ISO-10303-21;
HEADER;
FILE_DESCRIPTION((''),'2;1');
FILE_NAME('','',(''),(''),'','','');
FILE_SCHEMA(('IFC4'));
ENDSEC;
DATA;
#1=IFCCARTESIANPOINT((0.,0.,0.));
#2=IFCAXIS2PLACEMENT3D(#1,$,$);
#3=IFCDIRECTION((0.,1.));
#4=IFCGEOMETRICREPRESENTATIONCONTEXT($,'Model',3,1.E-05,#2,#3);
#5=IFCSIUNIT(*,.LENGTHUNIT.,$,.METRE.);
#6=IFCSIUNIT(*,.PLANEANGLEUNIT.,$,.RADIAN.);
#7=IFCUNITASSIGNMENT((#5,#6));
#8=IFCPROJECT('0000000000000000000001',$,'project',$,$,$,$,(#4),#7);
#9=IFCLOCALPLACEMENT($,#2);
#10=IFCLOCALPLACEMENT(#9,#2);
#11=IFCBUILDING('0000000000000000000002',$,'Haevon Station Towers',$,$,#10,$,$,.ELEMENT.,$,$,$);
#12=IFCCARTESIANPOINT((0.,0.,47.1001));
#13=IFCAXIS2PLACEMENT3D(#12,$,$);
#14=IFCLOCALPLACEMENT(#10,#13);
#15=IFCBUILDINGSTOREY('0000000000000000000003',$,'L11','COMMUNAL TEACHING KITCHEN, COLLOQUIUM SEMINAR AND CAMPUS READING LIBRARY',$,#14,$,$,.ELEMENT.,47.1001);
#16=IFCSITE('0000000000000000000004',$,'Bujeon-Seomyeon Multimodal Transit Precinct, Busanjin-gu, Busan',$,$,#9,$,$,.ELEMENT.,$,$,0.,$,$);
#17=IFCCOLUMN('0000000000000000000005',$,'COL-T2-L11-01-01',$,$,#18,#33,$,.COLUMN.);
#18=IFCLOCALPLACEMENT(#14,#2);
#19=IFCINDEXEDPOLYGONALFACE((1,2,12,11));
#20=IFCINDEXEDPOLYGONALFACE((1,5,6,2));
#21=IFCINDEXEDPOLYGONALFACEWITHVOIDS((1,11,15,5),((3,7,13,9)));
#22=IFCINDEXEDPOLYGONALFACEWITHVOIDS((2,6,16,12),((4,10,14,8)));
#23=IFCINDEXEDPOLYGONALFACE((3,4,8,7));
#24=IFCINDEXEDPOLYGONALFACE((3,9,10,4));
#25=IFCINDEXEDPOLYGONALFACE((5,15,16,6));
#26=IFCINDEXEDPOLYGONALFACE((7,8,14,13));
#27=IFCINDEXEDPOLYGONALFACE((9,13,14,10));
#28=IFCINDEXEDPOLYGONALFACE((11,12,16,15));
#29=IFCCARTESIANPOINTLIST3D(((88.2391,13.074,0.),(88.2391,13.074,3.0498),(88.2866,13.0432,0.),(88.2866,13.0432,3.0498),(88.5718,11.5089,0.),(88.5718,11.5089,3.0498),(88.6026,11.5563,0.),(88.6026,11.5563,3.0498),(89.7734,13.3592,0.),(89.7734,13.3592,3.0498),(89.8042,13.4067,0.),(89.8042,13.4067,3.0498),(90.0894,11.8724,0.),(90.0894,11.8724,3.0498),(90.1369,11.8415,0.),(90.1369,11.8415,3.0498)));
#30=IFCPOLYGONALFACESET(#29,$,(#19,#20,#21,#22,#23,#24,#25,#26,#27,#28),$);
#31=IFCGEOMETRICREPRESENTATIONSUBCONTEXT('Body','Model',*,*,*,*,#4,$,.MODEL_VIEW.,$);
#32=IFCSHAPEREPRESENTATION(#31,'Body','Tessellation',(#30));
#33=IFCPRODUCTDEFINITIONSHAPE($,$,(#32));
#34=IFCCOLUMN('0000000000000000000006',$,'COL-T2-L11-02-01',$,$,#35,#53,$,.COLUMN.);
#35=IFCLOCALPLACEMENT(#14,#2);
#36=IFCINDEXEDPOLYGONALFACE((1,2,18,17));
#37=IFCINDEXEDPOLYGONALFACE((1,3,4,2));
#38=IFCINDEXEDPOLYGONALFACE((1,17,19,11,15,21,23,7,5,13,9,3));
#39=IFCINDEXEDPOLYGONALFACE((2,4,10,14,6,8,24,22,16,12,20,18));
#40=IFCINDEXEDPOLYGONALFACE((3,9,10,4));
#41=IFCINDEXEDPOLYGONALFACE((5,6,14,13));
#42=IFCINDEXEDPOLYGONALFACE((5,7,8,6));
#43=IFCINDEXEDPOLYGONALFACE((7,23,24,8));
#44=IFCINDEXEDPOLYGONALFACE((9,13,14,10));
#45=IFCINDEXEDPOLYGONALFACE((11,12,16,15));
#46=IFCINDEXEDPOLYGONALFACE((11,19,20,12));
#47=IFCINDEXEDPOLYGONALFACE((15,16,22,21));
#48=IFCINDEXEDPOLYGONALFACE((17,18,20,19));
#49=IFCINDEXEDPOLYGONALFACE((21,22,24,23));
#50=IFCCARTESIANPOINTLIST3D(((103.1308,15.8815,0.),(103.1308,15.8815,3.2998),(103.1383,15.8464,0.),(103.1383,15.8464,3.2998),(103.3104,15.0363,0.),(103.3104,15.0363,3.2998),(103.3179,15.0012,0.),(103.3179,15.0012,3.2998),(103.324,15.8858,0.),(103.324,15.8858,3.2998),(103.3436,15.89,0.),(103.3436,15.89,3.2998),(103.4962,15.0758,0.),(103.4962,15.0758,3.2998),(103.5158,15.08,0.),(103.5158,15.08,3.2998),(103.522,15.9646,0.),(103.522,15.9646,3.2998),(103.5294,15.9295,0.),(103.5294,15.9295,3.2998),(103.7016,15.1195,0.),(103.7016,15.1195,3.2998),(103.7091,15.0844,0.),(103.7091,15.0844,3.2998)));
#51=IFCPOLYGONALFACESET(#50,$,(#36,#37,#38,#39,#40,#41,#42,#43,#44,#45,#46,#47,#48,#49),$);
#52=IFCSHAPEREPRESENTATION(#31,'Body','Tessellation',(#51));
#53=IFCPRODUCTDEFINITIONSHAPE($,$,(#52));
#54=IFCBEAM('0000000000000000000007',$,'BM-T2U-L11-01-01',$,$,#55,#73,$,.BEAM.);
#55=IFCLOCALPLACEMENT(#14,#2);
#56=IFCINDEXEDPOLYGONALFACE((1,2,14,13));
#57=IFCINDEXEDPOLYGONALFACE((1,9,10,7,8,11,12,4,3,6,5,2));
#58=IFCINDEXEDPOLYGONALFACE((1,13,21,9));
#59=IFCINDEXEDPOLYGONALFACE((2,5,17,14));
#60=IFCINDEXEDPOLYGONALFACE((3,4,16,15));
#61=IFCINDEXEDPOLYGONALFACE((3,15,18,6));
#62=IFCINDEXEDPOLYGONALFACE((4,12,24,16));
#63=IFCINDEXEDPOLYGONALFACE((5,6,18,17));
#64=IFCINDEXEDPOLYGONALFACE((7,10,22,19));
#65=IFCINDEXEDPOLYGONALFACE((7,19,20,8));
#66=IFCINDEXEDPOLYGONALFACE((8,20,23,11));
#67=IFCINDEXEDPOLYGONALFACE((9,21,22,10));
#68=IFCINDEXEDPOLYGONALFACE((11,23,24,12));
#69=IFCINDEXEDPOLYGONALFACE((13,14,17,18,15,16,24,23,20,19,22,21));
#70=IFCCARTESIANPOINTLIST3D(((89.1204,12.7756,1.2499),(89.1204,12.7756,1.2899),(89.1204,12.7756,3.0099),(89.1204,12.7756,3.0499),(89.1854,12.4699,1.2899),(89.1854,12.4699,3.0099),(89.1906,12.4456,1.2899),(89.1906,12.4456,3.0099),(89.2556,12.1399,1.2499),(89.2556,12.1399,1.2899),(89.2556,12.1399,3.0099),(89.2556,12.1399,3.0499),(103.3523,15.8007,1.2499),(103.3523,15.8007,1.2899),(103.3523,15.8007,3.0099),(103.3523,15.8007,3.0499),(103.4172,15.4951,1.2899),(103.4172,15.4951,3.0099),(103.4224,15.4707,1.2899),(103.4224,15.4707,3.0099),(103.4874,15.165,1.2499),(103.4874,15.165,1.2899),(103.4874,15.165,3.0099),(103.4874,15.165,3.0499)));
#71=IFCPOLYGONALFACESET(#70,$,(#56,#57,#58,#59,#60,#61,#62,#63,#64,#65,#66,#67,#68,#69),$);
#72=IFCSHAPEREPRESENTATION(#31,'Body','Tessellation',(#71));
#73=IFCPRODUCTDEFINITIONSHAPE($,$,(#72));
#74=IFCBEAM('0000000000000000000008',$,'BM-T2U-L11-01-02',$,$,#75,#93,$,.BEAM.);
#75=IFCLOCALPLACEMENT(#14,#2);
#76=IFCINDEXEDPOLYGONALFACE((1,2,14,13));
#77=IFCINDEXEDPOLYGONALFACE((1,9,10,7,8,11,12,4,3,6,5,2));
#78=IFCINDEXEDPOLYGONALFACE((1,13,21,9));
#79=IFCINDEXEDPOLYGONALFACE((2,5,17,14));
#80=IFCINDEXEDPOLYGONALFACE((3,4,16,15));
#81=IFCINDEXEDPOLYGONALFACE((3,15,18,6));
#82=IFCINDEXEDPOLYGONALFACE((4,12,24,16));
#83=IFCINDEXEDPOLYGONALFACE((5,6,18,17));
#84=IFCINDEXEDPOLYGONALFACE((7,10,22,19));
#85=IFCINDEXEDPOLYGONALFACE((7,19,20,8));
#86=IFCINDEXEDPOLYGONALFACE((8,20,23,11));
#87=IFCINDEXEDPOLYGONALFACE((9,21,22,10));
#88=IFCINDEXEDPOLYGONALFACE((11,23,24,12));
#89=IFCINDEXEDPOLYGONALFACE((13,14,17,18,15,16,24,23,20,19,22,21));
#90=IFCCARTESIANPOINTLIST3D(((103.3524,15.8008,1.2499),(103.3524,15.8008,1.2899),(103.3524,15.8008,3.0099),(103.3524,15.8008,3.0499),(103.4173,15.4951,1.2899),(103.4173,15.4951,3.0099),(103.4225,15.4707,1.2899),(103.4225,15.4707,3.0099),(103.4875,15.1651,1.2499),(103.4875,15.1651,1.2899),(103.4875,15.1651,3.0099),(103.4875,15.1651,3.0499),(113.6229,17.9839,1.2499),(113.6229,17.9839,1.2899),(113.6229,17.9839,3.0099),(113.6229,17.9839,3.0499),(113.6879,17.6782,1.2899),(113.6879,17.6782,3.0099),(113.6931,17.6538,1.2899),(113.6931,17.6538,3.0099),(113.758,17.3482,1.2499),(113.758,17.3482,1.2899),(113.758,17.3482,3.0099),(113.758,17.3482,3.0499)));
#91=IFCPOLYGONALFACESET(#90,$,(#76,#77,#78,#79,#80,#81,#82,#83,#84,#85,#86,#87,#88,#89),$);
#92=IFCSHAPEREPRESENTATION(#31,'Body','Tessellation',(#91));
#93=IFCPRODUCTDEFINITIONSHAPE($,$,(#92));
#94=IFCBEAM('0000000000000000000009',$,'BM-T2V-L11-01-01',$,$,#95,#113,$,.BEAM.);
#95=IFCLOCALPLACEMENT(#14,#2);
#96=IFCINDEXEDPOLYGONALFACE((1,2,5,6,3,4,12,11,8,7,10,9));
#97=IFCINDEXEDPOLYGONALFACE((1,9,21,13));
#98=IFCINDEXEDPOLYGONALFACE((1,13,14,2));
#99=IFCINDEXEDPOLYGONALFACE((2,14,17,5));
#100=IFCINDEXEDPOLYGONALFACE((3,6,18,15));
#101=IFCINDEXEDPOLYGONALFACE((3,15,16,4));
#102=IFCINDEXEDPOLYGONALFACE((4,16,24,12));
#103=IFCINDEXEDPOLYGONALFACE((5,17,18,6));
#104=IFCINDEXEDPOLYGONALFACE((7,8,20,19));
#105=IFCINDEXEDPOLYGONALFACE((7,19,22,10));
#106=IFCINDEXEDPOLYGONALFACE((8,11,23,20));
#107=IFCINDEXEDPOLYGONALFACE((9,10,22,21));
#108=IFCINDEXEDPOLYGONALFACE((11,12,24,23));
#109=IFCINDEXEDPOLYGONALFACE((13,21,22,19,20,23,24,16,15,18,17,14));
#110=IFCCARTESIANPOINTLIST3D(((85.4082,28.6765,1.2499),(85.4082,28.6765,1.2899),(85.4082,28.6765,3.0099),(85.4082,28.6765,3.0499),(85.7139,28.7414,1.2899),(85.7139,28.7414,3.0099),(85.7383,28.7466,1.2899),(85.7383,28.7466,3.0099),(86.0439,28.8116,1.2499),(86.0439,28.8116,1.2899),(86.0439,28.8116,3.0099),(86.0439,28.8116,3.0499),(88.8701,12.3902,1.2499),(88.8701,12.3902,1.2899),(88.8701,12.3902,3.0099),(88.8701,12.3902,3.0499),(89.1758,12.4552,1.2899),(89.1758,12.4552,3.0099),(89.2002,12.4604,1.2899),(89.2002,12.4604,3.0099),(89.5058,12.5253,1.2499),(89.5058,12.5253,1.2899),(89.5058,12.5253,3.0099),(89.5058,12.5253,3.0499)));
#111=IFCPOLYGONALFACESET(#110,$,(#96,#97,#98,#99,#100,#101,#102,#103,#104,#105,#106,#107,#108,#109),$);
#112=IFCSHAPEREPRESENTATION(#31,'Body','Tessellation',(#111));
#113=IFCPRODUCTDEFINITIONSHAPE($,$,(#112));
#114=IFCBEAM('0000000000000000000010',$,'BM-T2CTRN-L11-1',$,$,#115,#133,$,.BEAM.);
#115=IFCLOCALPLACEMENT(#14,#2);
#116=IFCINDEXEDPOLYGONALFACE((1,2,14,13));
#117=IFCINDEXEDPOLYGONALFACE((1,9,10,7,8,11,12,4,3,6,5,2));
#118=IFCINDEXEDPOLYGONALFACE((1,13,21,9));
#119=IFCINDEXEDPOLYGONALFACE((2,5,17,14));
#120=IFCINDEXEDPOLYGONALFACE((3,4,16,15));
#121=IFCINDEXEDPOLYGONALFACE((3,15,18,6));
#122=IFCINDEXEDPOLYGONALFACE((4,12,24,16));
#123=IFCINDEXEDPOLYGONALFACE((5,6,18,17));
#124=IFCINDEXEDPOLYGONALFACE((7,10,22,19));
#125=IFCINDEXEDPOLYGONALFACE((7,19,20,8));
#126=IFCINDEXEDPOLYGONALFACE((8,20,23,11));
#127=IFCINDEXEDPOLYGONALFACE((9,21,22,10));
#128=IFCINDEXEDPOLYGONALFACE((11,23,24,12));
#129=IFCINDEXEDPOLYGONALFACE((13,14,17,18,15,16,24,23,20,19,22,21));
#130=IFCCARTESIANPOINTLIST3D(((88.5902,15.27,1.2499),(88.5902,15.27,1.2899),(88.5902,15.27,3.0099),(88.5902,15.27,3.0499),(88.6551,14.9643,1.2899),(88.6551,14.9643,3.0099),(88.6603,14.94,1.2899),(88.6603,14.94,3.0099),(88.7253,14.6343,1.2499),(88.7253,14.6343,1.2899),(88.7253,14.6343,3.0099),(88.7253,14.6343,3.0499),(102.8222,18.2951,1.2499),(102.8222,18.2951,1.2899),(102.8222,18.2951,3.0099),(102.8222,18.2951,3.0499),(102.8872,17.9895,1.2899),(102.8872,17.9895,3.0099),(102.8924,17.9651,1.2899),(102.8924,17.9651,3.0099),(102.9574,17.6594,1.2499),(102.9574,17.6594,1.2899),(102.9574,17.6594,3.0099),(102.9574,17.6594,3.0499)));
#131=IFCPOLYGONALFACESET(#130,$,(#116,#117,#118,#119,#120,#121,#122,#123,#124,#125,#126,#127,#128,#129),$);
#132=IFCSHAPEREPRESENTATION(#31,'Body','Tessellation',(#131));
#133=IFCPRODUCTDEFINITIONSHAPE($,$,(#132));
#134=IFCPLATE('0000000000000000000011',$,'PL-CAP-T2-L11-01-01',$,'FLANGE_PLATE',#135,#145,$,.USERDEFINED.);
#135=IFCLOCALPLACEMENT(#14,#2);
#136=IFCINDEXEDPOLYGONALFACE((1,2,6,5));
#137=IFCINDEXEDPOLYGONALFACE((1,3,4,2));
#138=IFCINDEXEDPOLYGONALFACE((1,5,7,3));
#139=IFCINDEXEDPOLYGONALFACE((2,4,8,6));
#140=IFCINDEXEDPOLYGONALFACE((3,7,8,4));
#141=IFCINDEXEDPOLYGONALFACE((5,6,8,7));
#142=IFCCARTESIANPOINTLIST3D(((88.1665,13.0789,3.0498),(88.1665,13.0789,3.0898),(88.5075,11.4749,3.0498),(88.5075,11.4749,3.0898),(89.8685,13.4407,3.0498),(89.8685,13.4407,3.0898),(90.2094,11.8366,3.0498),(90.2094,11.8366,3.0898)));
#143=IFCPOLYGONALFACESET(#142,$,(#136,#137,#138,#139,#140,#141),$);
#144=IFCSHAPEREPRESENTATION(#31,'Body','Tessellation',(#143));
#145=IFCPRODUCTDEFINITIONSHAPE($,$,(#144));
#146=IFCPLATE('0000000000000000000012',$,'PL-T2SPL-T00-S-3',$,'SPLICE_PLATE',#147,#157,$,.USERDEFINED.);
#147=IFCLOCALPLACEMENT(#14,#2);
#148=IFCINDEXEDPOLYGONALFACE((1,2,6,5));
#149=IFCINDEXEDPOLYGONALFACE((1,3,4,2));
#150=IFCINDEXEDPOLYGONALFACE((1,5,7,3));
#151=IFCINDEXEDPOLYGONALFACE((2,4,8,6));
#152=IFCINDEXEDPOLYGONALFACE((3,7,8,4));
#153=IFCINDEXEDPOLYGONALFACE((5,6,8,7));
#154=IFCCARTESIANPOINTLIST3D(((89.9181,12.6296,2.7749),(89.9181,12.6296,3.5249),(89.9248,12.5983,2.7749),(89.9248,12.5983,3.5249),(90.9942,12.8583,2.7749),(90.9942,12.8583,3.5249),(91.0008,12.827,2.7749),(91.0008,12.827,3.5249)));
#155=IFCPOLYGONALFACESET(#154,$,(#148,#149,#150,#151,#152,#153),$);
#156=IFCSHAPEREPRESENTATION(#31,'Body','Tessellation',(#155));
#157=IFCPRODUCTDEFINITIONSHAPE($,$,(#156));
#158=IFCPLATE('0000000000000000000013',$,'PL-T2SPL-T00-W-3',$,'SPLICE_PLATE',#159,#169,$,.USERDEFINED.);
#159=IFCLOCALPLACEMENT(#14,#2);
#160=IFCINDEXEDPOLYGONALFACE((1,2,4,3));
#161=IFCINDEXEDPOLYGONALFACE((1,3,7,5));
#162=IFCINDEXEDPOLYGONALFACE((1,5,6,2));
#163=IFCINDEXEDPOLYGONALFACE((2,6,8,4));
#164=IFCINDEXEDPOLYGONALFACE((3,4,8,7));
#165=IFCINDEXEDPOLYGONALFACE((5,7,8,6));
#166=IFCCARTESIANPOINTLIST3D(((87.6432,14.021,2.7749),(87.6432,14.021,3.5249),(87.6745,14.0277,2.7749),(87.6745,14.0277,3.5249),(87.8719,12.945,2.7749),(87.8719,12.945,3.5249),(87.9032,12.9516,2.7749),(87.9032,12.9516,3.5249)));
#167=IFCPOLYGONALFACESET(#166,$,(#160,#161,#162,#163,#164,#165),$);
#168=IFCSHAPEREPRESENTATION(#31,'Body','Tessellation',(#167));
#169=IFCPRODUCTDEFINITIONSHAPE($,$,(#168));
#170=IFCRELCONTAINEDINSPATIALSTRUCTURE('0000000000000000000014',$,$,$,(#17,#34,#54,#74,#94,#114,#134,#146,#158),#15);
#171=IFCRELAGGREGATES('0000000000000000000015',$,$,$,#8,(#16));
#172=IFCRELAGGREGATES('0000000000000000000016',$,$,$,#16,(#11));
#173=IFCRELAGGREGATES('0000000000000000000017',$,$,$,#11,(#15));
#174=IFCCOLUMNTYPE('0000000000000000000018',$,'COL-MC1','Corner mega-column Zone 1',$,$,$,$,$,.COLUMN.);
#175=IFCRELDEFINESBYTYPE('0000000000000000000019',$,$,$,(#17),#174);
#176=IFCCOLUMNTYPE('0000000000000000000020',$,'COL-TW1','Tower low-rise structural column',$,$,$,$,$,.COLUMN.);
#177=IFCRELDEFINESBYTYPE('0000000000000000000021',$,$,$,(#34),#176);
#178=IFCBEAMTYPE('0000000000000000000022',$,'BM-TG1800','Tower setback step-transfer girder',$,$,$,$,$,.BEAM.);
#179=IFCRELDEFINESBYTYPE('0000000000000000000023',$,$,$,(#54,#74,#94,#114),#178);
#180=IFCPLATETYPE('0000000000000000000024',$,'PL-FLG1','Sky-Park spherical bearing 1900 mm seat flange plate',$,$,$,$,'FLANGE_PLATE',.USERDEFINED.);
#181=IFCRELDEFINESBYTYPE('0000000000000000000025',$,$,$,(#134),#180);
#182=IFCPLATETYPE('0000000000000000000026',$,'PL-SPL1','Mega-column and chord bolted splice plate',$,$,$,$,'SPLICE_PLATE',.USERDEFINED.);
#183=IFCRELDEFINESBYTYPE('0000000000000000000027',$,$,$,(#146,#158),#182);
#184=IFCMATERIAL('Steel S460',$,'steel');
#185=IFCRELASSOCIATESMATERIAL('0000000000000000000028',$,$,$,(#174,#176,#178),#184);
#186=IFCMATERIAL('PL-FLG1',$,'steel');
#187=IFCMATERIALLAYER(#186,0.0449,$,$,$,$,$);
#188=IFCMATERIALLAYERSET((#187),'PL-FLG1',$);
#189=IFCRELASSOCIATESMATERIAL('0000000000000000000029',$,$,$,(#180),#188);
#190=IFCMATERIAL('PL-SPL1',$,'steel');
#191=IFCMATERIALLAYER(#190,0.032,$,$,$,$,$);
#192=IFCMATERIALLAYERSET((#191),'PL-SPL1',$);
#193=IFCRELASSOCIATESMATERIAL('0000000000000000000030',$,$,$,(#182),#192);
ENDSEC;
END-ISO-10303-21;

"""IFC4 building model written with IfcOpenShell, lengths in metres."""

from ifc_helpers import new_model, si_unit, direction, frame, origin, origin_2d, place, context, subcontext, project, spatial, rectangle, hollow_rectangle, i_section, extrude, material, layer, layer_set, material_profile, profile_set, type_object, element, save


model = new_model("IFC4")

# Units and contexts
model_context = context("Model", 3, precision=1e-05, world=origin(), true_north=direction((0.0, 1.0)))
body_context = subcontext(model_context, "Body", "Model", "MODEL_VIEW")
ifc_project = project(units=[si_unit("LENGTHUNIT", "METRE"), si_unit("PLANEANGLEUNIT", "RADIAN")], contexts=[model_context])

# Site, building, storey
site_placement = place(None, origin())
site = spatial("IfcSite", under=ifc_project, at=site_placement, Name="Bujeon-Seomyeon Multimodal Transit Precinct, Busanjin-gu, Busan", CompositionType="ELEMENT", RefElevation=0.0)
building_placement = place(site_placement, origin())
building = spatial("IfcBuilding", under=site, at=building_placement, Name="Haevon Station Towers", CompositionType="ELEMENT")
storey_placement = place(building_placement, frame((0.0, 0.0, 47.1001)))
storey = spatial("IfcBuildingStorey", under=building, at=storey_placement, Name="L11", Description="COMMUNAL TEACHING KITCHEN, COLLOQUIUM SEMINAR AND CAMPUS READING LIBRARY", CompositionType="ELEMENT", Elevation=47.1001)

# Columns
ifc_material_1 = material(Name="Steel S460", Category="steel")
ifc_material_profile_1 = material_profile(ifc_material_1, hollow_rectangle(XDim=1.6001, YDim=1.6001, WallThickness=0.04, at=origin_2d()), Name="BOX-1600x1600x40")
ifc_profile_set_1 = profile_set([ifc_material_profile_1], Name="Steel S460")
column_type_1 = type_object("IfcColumnType", Name="COL-MC1", Description="Corner mega-column Zone 1", PredefinedType="COLUMN", material=ifc_profile_set_1)
column_1_placement = place(storey_placement, frame((89.188, 12.4578, 0.0), z_axis=(0.0, 0.0, 1.0), x_axis=(0.978148, 0.207912, 0.0)))
element("IfcColumn", 1, at=column_1_placement, inside=storey, type_object=column_type_1, Name="COL-T2-L11-01-01", PredefinedType="COLUMN", context=body_context, shape_type="SweptSolid", body=[
    extrude(hollow_rectangle(XDim=1.6001, YDim=1.6001, WallThickness=0.04, at=origin_2d()), origin(), (0.0, 0.0, 1.0), 3.0498),
])
ifc_material_profile_2 = material_profile(ifc_material_1, i_section(OverallWidth=0.3999, OverallDepth=0.8999, WebThickness=0.02, FlangeThickness=0.0359, at=origin_2d()), Name="H-900x400x20x36")
ifc_profile_set_2 = profile_set([ifc_material_profile_2], Name="Steel S460")
column_type_2 = type_object("IfcColumnType", Name="COL-TW1", Description="Tower low-rise structural column", PredefinedType="COLUMN", material=ifc_profile_set_2)
column_2_placement = place(storey_placement, frame((103.4199, 15.4829, 0.0), z_axis=(0.0, 0.0, 1.0), x_axis=(0.978148, 0.207912, 0.0)))
element("IfcColumn", 2, at=column_2_placement, inside=storey, type_object=column_type_2, Name="COL-T2-L11-02-01", PredefinedType="COLUMN", context=body_context, shape_type="SweptSolid", body=[
    extrude(i_section(OverallWidth=0.3999, OverallDepth=0.8999, WebThickness=0.02, FlangeThickness=0.0359, at=origin_2d()), origin(), (0.0, 0.0, 1.0), 3.2998),
])

# Beams
ifc_material_profile_3 = material_profile(ifc_material_1, i_section(OverallWidth=0.6499, OverallDepth=1.8, WebThickness=0.0249, FlangeThickness=0.04, at=origin_2d()), Name="H-1800x650x25x40")
ifc_profile_set_3 = profile_set([ifc_material_profile_3], Name="Steel S460")
beam_type = type_object("IfcBeamType", Name="BM-TG1800", Description="Tower setback step-transfer girder", PredefinedType="BEAM", material=ifc_profile_set_3)
beam_1_placement = place(storey_placement, frame((89.188, 12.4578, 2.1499), z_axis=(0.978147, 0.207915, 0.0), x_axis=(-0.207915, 0.978147, 0.0)))
element("IfcBeam", 3, at=beam_1_placement, inside=storey, type_object=beam_type, Name="BM-T2U-L11-01-01", PredefinedType="BEAM", context=body_context, shape_type="SweptSolid", body=[
    extrude(i_section(OverallWidth=0.6499, OverallDepth=1.8, WebThickness=0.0249, FlangeThickness=0.04, at=origin_2d()), origin(), (0.0, 0.0, 1.0), 14.5498),
])
beam_2_placement = place(storey_placement, frame((103.4199, 15.4829, 2.1499), z_axis=(0.978147, 0.207915, 0.0), x_axis=(-0.207915, 0.978147, 0.0)))
element("IfcBeam", 4, at=beam_2_placement, inside=storey, type_object=beam_type, Name="BM-T2U-L11-01-02", PredefinedType="BEAM", context=body_context, shape_type="SweptSolid", body=[
    extrude(i_section(OverallWidth=0.6499, OverallDepth=1.8, WebThickness=0.0249, FlangeThickness=0.04, at=origin_2d()), origin(), (0.0, 0.0, 1.0), 10.5),
])
beam_3_placement = place(storey_placement, frame((89.188, 12.4578, 2.1499), z_axis=(-0.20792, 0.978146, 0.0), x_axis=(-0.978146, -0.20792, 0.0)))
element("IfcBeam", 5, at=beam_3_placement, inside=storey, type_object=beam_type, Name="BM-T2V-L11-01-01", PredefinedType="BEAM", context=body_context, shape_type="SweptSolid", body=[
    extrude(i_section(OverallWidth=0.6499, OverallDepth=1.8, WebThickness=0.0249, FlangeThickness=0.04, at=origin_2d()), origin(), (0.0, 0.0, 1.0), 16.6501),
])
beam_4_placement = place(storey_placement, frame((88.6577, 14.9521, 2.1499), z_axis=(0.978148, 0.207912, 0.0), x_axis=(-0.207912, 0.978148, 0.0)))
element("IfcBeam", 6, at=beam_4_placement, inside=storey, type_object=beam_type, Name="BM-T2CTRN-L11-1", PredefinedType="BEAM", context=body_context, shape_type="SweptSolid", body=[
    extrude(i_section(OverallWidth=0.6499, OverallDepth=1.8, WebThickness=0.0249, FlangeThickness=0.04, at=origin_2d()), origin(), (0.0, 0.0, 1.0), 14.55),
])

# Plates
ifc_material_2 = material(Name="PL-FLG1", Category="steel")
ifc_layer_1 = layer(ifc_material_2, 0.0449)
ifc_layer_set_1 = layer_set([ifc_layer_1], Name="PL-FLG1")
plate_type_1 = type_object("IfcPlateType", Name="PL-FLG1", Description="Sky-Park spherical bearing 1900 mm seat flange plate", ElementType="FLANGE_PLATE", PredefinedType="USERDEFINED", material=ifc_layer_set_1)
plate_placement = place(storey_placement, frame((89.188, 12.4578, 3.0498), z_axis=(0.0, 0.0, 1.0), x_axis=(0.978148, 0.207912, 0.0)))
element("IfcPlate", 7, at=plate_placement, inside=storey, type_object=plate_type_1, Name="PL-CAP-T2-L11-01-01", ObjectType="FLANGE_PLATE", PredefinedType="USERDEFINED", context=body_context, shape_type="SweptSolid", body=[
    extrude(rectangle(XDim=1.74, YDim=1.6399, at=origin_2d()), origin(), (0.0, 0.0, 1.0), 0.04),
])
ifc_material_3 = material(Name="PL-SPL1", Category="steel")
ifc_layer_2 = layer(ifc_material_3, 0.032)
ifc_layer_set_2 = layer_set([ifc_layer_2], Name="PL-SPL1")
plate_type_2 = type_object("IfcPlateType", Name="PL-SPL1", Description="Mega-column and chord bolted splice plate", ElementType="SPLICE_PLATE", PredefinedType="USERDEFINED", material=ifc_layer_set_2)
for number, where, z_axis, x_axis, name in (
    (8, (90.4595, 12.7283, 2.7749), (0.0, 0.0, 1.0), (0.978148, 0.207912, 0.0), "PL-T2SPL-T00-S-3"),
    (9, (87.7732, 13.4863, 2.7749), (0.0, 0.0, 1.0), (-0.207912, 0.978148, 0.0), "PL-T2SPL-T00-W-3"),
):
    element("IfcPlate", number, at=place(storey_placement, frame(where, z_axis=z_axis, x_axis=x_axis)), inside=storey, type_object=plate_type_2, Name=name, ObjectType="SPLICE_PLATE", PredefinedType="USERDEFINED", context=body_context, shape_type="SweptSolid", body=[
        extrude(rectangle(XDim=1.1001, YDim=0.032, at=origin_2d()), origin(), (0.0, 0.0, 1.0), 0.75),
    ])

save(model, "model.ifc")
